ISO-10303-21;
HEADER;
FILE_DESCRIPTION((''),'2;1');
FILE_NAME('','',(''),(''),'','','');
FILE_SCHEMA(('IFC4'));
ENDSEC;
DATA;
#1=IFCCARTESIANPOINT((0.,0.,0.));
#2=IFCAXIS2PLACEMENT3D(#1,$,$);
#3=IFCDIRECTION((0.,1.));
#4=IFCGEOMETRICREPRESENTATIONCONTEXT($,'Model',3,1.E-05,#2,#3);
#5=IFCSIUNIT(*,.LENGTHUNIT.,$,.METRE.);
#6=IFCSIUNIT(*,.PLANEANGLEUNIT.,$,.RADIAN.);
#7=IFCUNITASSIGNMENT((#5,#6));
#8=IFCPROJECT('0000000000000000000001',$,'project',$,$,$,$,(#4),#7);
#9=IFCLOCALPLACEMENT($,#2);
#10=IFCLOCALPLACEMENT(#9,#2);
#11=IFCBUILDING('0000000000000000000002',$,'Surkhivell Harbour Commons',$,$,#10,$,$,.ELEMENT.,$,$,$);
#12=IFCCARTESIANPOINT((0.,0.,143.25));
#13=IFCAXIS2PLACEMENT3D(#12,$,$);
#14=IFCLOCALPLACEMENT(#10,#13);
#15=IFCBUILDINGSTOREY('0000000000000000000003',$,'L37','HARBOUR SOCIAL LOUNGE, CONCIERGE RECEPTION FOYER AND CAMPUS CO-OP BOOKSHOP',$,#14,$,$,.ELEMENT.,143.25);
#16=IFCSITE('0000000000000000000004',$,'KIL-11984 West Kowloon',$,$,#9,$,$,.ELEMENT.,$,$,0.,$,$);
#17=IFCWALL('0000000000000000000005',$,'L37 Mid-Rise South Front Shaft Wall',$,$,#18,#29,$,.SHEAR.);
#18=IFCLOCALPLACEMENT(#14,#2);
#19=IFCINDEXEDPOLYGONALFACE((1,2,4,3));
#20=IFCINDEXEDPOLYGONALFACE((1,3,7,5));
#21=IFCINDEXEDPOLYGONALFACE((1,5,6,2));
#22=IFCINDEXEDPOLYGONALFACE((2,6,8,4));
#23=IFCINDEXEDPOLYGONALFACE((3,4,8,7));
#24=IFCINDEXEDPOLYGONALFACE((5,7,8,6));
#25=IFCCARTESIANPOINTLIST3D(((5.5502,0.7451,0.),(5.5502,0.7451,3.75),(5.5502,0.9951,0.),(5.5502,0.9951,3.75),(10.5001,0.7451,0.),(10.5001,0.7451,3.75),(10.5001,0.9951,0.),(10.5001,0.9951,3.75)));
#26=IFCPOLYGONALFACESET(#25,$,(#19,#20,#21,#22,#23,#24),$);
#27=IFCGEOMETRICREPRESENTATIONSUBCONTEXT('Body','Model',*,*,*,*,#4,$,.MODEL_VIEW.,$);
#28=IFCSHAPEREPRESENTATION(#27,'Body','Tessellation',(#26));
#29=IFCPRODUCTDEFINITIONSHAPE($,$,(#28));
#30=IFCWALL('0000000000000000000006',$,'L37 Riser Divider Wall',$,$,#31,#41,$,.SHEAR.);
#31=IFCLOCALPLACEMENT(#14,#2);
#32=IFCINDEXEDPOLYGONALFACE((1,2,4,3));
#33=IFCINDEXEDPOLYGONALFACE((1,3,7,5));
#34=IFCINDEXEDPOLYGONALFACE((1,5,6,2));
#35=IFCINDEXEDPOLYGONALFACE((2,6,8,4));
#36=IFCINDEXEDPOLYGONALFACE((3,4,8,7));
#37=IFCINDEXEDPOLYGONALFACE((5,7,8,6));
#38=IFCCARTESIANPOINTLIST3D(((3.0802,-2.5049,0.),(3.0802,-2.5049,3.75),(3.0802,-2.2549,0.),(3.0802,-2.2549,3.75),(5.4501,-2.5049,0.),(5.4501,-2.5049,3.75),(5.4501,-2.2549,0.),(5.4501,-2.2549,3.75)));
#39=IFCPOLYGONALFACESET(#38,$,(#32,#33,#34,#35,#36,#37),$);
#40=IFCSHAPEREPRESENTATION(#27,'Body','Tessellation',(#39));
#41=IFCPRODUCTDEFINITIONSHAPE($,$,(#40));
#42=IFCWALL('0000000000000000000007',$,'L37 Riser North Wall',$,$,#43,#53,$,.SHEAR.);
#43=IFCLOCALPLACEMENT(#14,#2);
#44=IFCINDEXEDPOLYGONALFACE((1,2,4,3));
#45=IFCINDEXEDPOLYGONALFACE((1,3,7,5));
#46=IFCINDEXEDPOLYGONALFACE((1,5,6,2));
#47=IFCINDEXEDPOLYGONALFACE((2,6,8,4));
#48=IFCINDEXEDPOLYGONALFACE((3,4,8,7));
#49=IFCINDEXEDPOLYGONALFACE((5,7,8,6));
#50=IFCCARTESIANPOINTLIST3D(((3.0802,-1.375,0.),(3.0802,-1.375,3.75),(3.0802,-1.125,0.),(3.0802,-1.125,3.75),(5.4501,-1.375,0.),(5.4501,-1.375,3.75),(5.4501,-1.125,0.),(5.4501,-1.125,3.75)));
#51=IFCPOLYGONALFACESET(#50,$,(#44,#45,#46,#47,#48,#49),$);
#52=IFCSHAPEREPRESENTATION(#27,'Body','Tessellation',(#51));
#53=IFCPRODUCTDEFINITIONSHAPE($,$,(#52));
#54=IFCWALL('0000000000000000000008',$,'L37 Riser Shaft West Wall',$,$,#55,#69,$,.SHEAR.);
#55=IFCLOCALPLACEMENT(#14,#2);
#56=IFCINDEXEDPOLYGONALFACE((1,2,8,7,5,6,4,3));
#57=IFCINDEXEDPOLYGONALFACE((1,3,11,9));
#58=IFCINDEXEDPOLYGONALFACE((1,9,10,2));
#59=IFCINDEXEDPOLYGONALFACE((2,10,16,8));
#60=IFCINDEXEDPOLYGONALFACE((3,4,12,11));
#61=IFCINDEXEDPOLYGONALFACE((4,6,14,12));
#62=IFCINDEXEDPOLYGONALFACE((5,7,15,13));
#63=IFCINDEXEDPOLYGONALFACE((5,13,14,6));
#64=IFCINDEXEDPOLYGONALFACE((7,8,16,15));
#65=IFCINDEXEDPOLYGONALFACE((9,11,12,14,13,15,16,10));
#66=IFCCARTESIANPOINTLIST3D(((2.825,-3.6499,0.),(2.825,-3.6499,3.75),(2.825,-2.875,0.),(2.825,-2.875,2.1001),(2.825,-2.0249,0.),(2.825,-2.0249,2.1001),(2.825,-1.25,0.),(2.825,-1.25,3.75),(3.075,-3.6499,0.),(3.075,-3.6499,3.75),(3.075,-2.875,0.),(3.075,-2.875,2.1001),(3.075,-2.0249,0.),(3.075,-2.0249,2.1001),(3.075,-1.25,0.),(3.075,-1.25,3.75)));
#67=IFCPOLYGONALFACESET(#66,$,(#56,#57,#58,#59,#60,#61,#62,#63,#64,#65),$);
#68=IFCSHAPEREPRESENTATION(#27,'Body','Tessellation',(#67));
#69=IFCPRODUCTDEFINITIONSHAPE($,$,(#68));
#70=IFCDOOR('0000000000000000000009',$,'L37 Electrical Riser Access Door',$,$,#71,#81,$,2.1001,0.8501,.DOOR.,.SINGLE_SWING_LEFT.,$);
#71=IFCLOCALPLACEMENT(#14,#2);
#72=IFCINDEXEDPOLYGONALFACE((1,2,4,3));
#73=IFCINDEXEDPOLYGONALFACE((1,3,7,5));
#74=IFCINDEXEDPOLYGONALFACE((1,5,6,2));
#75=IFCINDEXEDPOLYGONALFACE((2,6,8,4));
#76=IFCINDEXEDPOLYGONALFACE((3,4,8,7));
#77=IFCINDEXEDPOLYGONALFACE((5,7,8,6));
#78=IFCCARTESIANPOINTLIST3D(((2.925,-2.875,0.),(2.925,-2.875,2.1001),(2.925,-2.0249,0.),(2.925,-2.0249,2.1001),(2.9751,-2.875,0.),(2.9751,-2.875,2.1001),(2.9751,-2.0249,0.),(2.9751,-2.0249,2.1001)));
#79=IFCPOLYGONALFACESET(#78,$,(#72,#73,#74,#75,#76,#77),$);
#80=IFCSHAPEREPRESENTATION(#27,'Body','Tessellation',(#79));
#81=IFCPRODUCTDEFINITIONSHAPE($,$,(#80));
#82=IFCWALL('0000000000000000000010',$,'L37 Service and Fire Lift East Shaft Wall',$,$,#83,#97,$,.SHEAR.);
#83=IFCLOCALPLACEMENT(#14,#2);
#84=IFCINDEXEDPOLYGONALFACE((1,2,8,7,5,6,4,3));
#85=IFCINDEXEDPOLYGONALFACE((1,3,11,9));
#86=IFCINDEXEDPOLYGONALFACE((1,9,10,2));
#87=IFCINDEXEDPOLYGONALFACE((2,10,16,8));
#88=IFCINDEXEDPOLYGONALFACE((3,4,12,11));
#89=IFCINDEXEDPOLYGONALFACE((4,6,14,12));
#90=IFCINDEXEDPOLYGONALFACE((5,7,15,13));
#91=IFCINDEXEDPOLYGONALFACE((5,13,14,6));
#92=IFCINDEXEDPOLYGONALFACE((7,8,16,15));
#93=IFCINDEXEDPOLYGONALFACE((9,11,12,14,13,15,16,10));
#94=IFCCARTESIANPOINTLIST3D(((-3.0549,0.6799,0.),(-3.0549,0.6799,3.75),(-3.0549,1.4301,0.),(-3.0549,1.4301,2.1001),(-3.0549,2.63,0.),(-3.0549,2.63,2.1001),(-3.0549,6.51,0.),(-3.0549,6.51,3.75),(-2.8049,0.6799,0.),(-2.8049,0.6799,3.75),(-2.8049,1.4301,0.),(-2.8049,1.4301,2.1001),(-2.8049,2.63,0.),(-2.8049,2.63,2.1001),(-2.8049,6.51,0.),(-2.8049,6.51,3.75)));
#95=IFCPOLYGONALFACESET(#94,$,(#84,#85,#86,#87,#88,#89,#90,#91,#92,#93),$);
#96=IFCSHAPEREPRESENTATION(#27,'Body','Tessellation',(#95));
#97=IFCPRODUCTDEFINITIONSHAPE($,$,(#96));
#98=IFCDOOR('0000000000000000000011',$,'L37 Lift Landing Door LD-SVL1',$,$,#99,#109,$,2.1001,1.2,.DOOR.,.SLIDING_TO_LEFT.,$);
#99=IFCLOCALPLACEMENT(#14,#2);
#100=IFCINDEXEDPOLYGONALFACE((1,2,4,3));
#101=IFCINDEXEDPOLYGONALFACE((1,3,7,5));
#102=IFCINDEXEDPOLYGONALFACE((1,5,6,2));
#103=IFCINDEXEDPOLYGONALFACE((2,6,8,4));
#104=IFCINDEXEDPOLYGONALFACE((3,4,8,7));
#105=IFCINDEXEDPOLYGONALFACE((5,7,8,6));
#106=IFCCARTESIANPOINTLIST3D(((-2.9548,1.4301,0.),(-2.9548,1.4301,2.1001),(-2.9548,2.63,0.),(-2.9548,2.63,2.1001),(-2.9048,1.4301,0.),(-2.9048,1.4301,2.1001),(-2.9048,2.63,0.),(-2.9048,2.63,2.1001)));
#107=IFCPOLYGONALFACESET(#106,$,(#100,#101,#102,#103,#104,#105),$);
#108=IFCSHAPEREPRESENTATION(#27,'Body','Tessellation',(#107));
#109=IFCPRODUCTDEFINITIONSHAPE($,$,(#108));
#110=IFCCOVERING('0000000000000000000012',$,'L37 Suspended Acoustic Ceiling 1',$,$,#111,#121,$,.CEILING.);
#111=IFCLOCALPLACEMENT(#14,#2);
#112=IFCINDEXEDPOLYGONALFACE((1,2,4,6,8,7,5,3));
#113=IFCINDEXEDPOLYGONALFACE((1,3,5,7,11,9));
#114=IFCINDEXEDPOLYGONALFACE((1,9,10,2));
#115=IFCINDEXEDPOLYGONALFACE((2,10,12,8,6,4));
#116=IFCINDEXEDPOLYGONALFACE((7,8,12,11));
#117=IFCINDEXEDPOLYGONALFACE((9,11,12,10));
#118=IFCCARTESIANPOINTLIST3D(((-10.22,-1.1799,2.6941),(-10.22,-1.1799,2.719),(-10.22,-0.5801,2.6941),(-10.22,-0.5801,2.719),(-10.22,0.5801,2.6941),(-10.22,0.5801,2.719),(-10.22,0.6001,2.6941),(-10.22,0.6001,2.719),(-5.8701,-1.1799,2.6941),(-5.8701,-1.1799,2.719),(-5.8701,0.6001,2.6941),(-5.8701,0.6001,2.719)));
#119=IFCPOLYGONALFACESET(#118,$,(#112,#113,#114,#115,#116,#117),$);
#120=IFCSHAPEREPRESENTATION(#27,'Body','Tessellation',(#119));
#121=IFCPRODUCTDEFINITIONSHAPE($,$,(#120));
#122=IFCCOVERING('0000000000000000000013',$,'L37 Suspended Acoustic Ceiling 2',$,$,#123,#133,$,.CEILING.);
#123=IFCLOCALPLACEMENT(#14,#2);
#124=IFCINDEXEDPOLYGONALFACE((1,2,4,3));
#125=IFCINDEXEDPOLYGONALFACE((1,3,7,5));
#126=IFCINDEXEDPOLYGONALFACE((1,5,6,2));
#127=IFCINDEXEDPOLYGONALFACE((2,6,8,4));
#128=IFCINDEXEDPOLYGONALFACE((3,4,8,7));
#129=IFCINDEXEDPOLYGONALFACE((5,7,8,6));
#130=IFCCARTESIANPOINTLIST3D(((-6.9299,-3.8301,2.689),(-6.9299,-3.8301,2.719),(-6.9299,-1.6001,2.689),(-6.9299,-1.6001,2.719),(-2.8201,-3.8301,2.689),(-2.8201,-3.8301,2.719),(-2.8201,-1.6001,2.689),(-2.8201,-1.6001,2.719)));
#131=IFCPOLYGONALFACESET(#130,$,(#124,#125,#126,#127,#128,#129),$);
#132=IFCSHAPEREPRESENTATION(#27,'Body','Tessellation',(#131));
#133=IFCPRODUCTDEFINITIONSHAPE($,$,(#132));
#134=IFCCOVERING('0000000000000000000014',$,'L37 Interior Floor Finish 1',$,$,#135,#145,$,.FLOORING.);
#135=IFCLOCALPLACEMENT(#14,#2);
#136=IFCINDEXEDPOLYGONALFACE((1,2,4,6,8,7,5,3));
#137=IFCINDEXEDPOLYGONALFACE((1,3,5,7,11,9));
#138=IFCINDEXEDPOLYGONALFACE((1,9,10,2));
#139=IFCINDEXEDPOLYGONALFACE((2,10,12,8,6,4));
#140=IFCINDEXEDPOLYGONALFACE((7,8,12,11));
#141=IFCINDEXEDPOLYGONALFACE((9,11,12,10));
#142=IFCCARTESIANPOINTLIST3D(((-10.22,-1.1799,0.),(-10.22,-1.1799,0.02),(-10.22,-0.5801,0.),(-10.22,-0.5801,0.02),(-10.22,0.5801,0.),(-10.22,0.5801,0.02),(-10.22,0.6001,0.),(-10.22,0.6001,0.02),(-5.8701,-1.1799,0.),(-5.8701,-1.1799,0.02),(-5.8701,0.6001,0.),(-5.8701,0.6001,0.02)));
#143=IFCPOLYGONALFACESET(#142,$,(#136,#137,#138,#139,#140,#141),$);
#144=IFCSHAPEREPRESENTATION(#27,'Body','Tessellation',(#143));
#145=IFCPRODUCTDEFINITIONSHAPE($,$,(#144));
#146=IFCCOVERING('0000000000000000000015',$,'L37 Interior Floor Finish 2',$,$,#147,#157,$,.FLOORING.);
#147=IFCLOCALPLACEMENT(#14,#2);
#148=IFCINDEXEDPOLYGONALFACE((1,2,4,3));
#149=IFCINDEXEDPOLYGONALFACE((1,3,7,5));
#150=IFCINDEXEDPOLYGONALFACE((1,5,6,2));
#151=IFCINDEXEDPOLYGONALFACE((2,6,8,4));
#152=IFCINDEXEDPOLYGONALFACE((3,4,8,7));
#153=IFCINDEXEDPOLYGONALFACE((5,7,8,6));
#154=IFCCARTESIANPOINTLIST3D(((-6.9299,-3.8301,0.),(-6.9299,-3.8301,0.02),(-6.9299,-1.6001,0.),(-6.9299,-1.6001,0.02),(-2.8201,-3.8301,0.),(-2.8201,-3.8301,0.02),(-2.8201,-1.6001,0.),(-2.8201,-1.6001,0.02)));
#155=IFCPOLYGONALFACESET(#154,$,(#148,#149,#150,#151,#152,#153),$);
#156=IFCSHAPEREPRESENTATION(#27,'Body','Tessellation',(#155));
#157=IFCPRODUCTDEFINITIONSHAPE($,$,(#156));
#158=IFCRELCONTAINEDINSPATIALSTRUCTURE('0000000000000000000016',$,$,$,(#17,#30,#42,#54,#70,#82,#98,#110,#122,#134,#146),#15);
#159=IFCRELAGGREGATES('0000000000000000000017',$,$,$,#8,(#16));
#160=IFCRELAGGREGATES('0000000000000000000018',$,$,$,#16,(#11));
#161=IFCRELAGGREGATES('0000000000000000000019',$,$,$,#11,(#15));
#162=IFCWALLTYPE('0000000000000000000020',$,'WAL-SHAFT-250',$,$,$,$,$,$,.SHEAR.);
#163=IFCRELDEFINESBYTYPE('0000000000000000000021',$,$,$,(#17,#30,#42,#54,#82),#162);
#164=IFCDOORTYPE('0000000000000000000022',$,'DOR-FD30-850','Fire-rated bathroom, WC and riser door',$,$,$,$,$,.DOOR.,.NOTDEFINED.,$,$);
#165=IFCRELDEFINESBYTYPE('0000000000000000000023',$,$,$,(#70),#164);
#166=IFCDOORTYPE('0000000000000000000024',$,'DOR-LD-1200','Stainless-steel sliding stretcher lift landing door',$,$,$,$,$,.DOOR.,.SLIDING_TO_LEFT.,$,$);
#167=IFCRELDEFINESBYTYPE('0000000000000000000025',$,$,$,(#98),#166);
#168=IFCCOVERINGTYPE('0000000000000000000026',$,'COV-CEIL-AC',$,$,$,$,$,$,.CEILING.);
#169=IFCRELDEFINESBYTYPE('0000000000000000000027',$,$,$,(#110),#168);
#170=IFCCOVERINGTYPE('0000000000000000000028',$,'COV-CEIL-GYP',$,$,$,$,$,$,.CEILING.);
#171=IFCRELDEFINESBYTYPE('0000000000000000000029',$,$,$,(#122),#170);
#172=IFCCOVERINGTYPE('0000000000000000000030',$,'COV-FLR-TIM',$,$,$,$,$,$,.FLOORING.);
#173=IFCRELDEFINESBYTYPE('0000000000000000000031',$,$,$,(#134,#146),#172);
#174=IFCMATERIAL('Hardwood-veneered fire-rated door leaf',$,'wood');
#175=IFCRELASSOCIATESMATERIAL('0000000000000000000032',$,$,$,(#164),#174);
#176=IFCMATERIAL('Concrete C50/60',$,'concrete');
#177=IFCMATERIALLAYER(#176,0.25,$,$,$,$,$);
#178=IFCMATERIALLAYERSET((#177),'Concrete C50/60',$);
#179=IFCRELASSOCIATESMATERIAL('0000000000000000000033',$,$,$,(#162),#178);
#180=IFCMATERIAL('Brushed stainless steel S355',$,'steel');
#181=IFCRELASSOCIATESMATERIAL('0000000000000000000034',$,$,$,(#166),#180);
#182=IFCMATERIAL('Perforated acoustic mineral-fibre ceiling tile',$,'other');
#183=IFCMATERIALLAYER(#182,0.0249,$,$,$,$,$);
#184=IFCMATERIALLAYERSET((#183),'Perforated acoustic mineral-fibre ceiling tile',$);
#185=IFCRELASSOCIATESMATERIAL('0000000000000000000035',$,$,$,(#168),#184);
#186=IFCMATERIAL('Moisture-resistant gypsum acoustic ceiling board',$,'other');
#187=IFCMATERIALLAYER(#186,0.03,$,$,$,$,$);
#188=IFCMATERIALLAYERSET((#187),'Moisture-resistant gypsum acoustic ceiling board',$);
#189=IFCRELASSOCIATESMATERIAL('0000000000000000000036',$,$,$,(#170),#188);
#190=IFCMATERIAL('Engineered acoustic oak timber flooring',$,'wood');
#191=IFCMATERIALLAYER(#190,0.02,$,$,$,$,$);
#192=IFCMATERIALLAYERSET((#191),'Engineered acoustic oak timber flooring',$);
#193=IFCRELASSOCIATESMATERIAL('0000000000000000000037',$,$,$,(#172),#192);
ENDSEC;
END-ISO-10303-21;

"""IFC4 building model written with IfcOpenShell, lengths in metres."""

from ifc_helpers import new_model, si_unit, direction, frame, frame_2d, origin, place, context, subcontext, project, spatial, polyline, rectangle, outline, extrude, material, layer, layer_set, type_object, element, fill, save


model = new_model("IFC4")

# Units and contexts
model_context = context("Model", 3, precision=1e-05, world=origin(), true_north=direction((0.0, 1.0)))
body_context = subcontext(model_context, "Body", "Model", "MODEL_VIEW")
ifc_project = project(units=[si_unit("LENGTHUNIT", "METRE"), si_unit("PLANEANGLEUNIT", "RADIAN")], contexts=[model_context])

# Site, building, storey
site_placement = place(None, origin())
site = spatial("IfcSite", under=ifc_project, at=site_placement, Name="KIL-11984 West Kowloon", CompositionType="ELEMENT", RefElevation=0.0)
building_placement = place(site_placement, origin())
building = spatial("IfcBuilding", under=site, at=building_placement, Name="Surkhivell Harbour Commons", CompositionType="ELEMENT")
storey_placement = place(building_placement, frame((0.0, 0.0, 143.25)))
storey = spatial("IfcBuildingStorey", under=building, at=storey_placement, Name="L37", Description="HARBOUR SOCIAL LOUNGE, CONCIERGE RECEPTION FOYER AND CAMPUS CO-OP BOOKSHOP", CompositionType="ELEMENT", Elevation=143.25)

# Shared definitions
ifc_material_1 = material(Name="Hardwood-veneered fire-rated door leaf", Category="wood")
door_type_1 = type_object("IfcDoorType", Name="DOR-FD30-850", Description="Fire-rated bathroom, WC and riser door", OperationType="NOTDEFINED", PredefinedType="DOOR", material=ifc_material_1)

# Shared definitions
ifc_material_2 = material(Name="Concrete C50/60", Category="concrete")
ifc_layer_1 = layer(ifc_material_2, 0.25)
ifc_layer_set_1 = layer_set([ifc_layer_1], Name="Concrete C50/60")
wall_type_1 = type_object("IfcWallType", Name="WAL-SHAFT-250", PredefinedType="SHEAR", material=ifc_layer_set_1)

# Shared definitions
ifc_material_3 = material(Name="Brushed stainless steel S355", Category="steel")

# Walls
wall_1_placement = place(storey_placement, frame((5.55, 0.8701, 0.0), z_axis=(0.0, 0.0, 1.0), x_axis=(1.0, 0.0, 0.0)))
element("IfcWall", 1, at=wall_1_placement, inside=storey, type_object=wall_type_1, Name="L37 Mid-Rise South Front Shaft Wall", PredefinedType="SHEAR", context=body_context, shape_type="SweptSolid", body=[
    extrude(rectangle(XDim=4.95, YDim=0.25, at=frame_2d((2.4751, 0.0))), origin(), (0.0, 0.0, 1.0), 3.75),
])
for number, where, z_axis, x_axis, name in (
    (2, (3.0801, -2.3799, 0.0), (0.0, 0.0, 1.0), (1.0, 0.0, 0.0), "L37 Riser Divider Wall"),
    (3, (3.0801, -1.25, 0.0), (0.0, 0.0, 1.0), (1.0, 0.0, 0.0), "L37 Riser North Wall"),
):
    element("IfcWall", number, at=place(storey_placement, frame(where, z_axis=z_axis, x_axis=x_axis)), inside=storey, type_object=wall_type_1, Name=name, PredefinedType="SHEAR", context=body_context, shape_type="SweptSolid", body=[
        extrude(rectangle(XDim=2.3699, YDim=0.25, at=frame_2d((1.1851, 0.0))), origin(), (0.0, 0.0, 1.0), 3.75),
    ])

# Walls, openings, doors
wall_2_placement = place(storey_placement, frame((2.95, -3.6499, 0.0), z_axis=(0.0, 0.0, 1.0), x_axis=(0.0, 1.0, 0.0)))
wall_2 = element("IfcWall", 4, at=wall_2_placement, inside=storey, type_object=wall_type_1, Name="L37 Riser Shaft West Wall", PredefinedType="SHEAR", context=body_context, shape_type="SweptSolid", body=[
    extrude(rectangle(XDim=2.3999, YDim=0.25, at=frame_2d((1.2, 0.0))), origin(), (0.0, 0.0, 1.0), 3.75),
])
opening_1_placement = place(wall_2_placement, frame((0.7749, 0.0, 0.0)))
opening_1 = element("IfcOpeningElement", 5, at=opening_1_placement, cuts=wall_2, PredefinedType="OPENING", context=body_context, shape_type="SweptSolid", body=[
    extrude(rectangle(XDim=0.8501, YDim=2.1001, at=frame_2d((0.425, 1.05))), frame((0.0, 0.135, 0.0), z_axis=(0.0, -1.0, 0.0), x_axis=(1.0, 0.0, 0.0)), (0.0, 0.0, 1.0), 0.27),
])
door_1_placement = place(opening_1_placement, origin())
door_1 = element("IfcDoor", 6, at=door_1_placement, inside=storey, type_object=door_type_1, Name="L37 Electrical Riser Access Door", OperationType="SINGLE_SWING_LEFT", OverallHeight=2.1001, OverallWidth=0.8501, PredefinedType="DOOR", context=body_context, shape_type="SweptSolid", body=[
    extrude(rectangle(XDim=0.8501, YDim=2.1001, at=frame_2d((0.425, 1.05))), frame((0.0, 0.0249, 0.0), z_axis=(0.0, -1.0, 0.0), x_axis=(1.0, 0.0, 0.0)), (0.0, 0.0, 1.0), 0.05),
])
fill(opening_1, door_1)
wall_3_placement = place(storey_placement, frame((-2.9299, 0.6799, 0.0), z_axis=(0.0, 0.0, 1.0), x_axis=(0.0, 1.0, 0.0)))
wall_3 = element("IfcWall", 7, at=wall_3_placement, inside=storey, type_object=wall_type_1, Name="L37 Service and Fire Lift East Shaft Wall", PredefinedType="SHEAR", context=body_context, shape_type="SweptSolid", body=[
    extrude(rectangle(XDim=5.8301, YDim=0.25, at=frame_2d((2.915, 0.0))), origin(), (0.0, 0.0, 1.0), 3.75),
])
opening_2_placement = place(wall_3_placement, frame((0.75, 0.0, 0.0)))
opening_2 = element("IfcOpeningElement", 8, at=opening_2_placement, cuts=wall_3, PredefinedType="OPENING", context=body_context, shape_type="SweptSolid", body=[
    extrude(rectangle(XDim=1.2, YDim=2.1001, at=frame_2d((0.6001, 1.05))), frame((0.0, 0.135, 0.0), z_axis=(0.0, -1.0, 0.0), x_axis=(1.0, 0.0, 0.0)), (0.0, 0.0, 1.0), 0.27),
])
door_type_2 = type_object("IfcDoorType", Name="DOR-LD-1200", Description="Stainless-steel sliding stretcher lift landing door", OperationType="SLIDING_TO_LEFT", PredefinedType="DOOR", material=ifc_material_3)
door_2_placement = place(opening_2_placement, origin())
door_2 = element("IfcDoor", 9, at=door_2_placement, inside=storey, type_object=door_type_2, Name="L37 Lift Landing Door LD-SVL1", OperationType="SLIDING_TO_LEFT", OverallHeight=2.1001, OverallWidth=1.2, PredefinedType="DOOR", context=body_context, shape_type="SweptSolid", body=[
    extrude(rectangle(XDim=1.2, YDim=2.1001, at=frame_2d((0.6001, 1.05))), frame((0.0, 0.0249, 0.0), z_axis=(0.0, -1.0, 0.0), x_axis=(1.0, 0.0, 0.0)), (0.0, 0.0, 1.0), 0.05),
])
fill(opening_2, door_2)

# Coverings
ifc_material_4 = material(Name="Perforated acoustic mineral-fibre ceiling tile", Category="other")
ifc_layer_2 = layer(ifc_material_4, 0.0249)
ifc_layer_set_2 = layer_set([ifc_layer_2], Name="Perforated acoustic mineral-fibre ceiling tile")
covering_type_1 = type_object("IfcCoveringType", Name="COV-CEIL-AC", PredefinedType="CEILING", material=ifc_layer_set_2)
covering_1_placement = place(storey_placement, frame((0.0, 0.0, 2.6941)))
element("IfcCovering", 10, at=covering_1_placement, inside=storey, type_object=covering_type_1, Name="L37 Suspended Acoustic Ceiling 1", PredefinedType="CEILING", context=body_context, shape_type="SweptSolid", body=[
    extrude(outline(polyline([(-10.22, -1.1799), (-5.8701, -1.1799), (-5.8701, 0.6001), (-10.22, 0.6001), (-10.22, 0.5801), (-10.22, -0.5801), (-10.22, -1.1799)])), origin(), (0.0, 0.0, 1.0), 0.0249),
])
ifc_material_5 = material(Name="Moisture-resistant gypsum acoustic ceiling board", Category="other")
ifc_layer_3 = layer(ifc_material_5, 0.03)
ifc_layer_set_3 = layer_set([ifc_layer_3], Name="Moisture-resistant gypsum acoustic ceiling board")
covering_type_2 = type_object("IfcCoveringType", Name="COV-CEIL-GYP", PredefinedType="CEILING", material=ifc_layer_set_3)
covering_2_placement = place(storey_placement, frame((0.0, 0.0, 2.689)))
element("IfcCovering", 11, at=covering_2_placement, inside=storey, type_object=covering_type_2, Name="L37 Suspended Acoustic Ceiling 2", PredefinedType="CEILING", context=body_context, shape_type="SweptSolid", body=[
    extrude(outline(polyline([(-6.9299, -3.8301), (-2.8201, -3.8301), (-2.8201, -1.6001), (-6.9299, -1.6001), (-6.9299, -3.8301)])), origin(), (0.0, 0.0, 1.0), 0.03),
])
ifc_material_6 = material(Name="Engineered acoustic oak timber flooring", Category="wood")
ifc_layer_4 = layer(ifc_material_6, 0.02)
ifc_layer_set_4 = layer_set([ifc_layer_4], Name="Engineered acoustic oak timber flooring")
covering_type_3 = type_object("IfcCoveringType", Name="COV-FLR-TIM", PredefinedType="FLOORING", material=ifc_layer_set_4)
covering_3_placement = place(storey_placement, origin())
element("IfcCovering", 12, at=covering_3_placement, inside=storey, type_object=covering_type_3, Name="L37 Interior Floor Finish 1", PredefinedType="FLOORING", context=body_context, shape_type="SweptSolid", body=[
    extrude(outline(polyline([(-10.22, -1.1799), (-5.8701, -1.1799), (-5.8701, 0.6001), (-10.22, 0.6001), (-10.22, 0.5801), (-10.22, -0.5801), (-10.22, -1.1799)])), origin(), (0.0, 0.0, 1.0), 0.02),
])
covering_4_placement = place(storey_placement, origin())
element("IfcCovering", 13, at=covering_4_placement, inside=storey, type_object=covering_type_3, Name="L37 Interior Floor Finish 2", PredefinedType="FLOORING", context=body_context, shape_type="SweptSolid", body=[
    extrude(outline(polyline([(-6.9299, -3.8301), (-2.8201, -3.8301), (-2.8201, -1.6001), (-6.9299, -1.6001), (-6.9299, -3.8301)])), origin(), (0.0, 0.0, 1.0), 0.02),
])

save(model, "model.ifc")
